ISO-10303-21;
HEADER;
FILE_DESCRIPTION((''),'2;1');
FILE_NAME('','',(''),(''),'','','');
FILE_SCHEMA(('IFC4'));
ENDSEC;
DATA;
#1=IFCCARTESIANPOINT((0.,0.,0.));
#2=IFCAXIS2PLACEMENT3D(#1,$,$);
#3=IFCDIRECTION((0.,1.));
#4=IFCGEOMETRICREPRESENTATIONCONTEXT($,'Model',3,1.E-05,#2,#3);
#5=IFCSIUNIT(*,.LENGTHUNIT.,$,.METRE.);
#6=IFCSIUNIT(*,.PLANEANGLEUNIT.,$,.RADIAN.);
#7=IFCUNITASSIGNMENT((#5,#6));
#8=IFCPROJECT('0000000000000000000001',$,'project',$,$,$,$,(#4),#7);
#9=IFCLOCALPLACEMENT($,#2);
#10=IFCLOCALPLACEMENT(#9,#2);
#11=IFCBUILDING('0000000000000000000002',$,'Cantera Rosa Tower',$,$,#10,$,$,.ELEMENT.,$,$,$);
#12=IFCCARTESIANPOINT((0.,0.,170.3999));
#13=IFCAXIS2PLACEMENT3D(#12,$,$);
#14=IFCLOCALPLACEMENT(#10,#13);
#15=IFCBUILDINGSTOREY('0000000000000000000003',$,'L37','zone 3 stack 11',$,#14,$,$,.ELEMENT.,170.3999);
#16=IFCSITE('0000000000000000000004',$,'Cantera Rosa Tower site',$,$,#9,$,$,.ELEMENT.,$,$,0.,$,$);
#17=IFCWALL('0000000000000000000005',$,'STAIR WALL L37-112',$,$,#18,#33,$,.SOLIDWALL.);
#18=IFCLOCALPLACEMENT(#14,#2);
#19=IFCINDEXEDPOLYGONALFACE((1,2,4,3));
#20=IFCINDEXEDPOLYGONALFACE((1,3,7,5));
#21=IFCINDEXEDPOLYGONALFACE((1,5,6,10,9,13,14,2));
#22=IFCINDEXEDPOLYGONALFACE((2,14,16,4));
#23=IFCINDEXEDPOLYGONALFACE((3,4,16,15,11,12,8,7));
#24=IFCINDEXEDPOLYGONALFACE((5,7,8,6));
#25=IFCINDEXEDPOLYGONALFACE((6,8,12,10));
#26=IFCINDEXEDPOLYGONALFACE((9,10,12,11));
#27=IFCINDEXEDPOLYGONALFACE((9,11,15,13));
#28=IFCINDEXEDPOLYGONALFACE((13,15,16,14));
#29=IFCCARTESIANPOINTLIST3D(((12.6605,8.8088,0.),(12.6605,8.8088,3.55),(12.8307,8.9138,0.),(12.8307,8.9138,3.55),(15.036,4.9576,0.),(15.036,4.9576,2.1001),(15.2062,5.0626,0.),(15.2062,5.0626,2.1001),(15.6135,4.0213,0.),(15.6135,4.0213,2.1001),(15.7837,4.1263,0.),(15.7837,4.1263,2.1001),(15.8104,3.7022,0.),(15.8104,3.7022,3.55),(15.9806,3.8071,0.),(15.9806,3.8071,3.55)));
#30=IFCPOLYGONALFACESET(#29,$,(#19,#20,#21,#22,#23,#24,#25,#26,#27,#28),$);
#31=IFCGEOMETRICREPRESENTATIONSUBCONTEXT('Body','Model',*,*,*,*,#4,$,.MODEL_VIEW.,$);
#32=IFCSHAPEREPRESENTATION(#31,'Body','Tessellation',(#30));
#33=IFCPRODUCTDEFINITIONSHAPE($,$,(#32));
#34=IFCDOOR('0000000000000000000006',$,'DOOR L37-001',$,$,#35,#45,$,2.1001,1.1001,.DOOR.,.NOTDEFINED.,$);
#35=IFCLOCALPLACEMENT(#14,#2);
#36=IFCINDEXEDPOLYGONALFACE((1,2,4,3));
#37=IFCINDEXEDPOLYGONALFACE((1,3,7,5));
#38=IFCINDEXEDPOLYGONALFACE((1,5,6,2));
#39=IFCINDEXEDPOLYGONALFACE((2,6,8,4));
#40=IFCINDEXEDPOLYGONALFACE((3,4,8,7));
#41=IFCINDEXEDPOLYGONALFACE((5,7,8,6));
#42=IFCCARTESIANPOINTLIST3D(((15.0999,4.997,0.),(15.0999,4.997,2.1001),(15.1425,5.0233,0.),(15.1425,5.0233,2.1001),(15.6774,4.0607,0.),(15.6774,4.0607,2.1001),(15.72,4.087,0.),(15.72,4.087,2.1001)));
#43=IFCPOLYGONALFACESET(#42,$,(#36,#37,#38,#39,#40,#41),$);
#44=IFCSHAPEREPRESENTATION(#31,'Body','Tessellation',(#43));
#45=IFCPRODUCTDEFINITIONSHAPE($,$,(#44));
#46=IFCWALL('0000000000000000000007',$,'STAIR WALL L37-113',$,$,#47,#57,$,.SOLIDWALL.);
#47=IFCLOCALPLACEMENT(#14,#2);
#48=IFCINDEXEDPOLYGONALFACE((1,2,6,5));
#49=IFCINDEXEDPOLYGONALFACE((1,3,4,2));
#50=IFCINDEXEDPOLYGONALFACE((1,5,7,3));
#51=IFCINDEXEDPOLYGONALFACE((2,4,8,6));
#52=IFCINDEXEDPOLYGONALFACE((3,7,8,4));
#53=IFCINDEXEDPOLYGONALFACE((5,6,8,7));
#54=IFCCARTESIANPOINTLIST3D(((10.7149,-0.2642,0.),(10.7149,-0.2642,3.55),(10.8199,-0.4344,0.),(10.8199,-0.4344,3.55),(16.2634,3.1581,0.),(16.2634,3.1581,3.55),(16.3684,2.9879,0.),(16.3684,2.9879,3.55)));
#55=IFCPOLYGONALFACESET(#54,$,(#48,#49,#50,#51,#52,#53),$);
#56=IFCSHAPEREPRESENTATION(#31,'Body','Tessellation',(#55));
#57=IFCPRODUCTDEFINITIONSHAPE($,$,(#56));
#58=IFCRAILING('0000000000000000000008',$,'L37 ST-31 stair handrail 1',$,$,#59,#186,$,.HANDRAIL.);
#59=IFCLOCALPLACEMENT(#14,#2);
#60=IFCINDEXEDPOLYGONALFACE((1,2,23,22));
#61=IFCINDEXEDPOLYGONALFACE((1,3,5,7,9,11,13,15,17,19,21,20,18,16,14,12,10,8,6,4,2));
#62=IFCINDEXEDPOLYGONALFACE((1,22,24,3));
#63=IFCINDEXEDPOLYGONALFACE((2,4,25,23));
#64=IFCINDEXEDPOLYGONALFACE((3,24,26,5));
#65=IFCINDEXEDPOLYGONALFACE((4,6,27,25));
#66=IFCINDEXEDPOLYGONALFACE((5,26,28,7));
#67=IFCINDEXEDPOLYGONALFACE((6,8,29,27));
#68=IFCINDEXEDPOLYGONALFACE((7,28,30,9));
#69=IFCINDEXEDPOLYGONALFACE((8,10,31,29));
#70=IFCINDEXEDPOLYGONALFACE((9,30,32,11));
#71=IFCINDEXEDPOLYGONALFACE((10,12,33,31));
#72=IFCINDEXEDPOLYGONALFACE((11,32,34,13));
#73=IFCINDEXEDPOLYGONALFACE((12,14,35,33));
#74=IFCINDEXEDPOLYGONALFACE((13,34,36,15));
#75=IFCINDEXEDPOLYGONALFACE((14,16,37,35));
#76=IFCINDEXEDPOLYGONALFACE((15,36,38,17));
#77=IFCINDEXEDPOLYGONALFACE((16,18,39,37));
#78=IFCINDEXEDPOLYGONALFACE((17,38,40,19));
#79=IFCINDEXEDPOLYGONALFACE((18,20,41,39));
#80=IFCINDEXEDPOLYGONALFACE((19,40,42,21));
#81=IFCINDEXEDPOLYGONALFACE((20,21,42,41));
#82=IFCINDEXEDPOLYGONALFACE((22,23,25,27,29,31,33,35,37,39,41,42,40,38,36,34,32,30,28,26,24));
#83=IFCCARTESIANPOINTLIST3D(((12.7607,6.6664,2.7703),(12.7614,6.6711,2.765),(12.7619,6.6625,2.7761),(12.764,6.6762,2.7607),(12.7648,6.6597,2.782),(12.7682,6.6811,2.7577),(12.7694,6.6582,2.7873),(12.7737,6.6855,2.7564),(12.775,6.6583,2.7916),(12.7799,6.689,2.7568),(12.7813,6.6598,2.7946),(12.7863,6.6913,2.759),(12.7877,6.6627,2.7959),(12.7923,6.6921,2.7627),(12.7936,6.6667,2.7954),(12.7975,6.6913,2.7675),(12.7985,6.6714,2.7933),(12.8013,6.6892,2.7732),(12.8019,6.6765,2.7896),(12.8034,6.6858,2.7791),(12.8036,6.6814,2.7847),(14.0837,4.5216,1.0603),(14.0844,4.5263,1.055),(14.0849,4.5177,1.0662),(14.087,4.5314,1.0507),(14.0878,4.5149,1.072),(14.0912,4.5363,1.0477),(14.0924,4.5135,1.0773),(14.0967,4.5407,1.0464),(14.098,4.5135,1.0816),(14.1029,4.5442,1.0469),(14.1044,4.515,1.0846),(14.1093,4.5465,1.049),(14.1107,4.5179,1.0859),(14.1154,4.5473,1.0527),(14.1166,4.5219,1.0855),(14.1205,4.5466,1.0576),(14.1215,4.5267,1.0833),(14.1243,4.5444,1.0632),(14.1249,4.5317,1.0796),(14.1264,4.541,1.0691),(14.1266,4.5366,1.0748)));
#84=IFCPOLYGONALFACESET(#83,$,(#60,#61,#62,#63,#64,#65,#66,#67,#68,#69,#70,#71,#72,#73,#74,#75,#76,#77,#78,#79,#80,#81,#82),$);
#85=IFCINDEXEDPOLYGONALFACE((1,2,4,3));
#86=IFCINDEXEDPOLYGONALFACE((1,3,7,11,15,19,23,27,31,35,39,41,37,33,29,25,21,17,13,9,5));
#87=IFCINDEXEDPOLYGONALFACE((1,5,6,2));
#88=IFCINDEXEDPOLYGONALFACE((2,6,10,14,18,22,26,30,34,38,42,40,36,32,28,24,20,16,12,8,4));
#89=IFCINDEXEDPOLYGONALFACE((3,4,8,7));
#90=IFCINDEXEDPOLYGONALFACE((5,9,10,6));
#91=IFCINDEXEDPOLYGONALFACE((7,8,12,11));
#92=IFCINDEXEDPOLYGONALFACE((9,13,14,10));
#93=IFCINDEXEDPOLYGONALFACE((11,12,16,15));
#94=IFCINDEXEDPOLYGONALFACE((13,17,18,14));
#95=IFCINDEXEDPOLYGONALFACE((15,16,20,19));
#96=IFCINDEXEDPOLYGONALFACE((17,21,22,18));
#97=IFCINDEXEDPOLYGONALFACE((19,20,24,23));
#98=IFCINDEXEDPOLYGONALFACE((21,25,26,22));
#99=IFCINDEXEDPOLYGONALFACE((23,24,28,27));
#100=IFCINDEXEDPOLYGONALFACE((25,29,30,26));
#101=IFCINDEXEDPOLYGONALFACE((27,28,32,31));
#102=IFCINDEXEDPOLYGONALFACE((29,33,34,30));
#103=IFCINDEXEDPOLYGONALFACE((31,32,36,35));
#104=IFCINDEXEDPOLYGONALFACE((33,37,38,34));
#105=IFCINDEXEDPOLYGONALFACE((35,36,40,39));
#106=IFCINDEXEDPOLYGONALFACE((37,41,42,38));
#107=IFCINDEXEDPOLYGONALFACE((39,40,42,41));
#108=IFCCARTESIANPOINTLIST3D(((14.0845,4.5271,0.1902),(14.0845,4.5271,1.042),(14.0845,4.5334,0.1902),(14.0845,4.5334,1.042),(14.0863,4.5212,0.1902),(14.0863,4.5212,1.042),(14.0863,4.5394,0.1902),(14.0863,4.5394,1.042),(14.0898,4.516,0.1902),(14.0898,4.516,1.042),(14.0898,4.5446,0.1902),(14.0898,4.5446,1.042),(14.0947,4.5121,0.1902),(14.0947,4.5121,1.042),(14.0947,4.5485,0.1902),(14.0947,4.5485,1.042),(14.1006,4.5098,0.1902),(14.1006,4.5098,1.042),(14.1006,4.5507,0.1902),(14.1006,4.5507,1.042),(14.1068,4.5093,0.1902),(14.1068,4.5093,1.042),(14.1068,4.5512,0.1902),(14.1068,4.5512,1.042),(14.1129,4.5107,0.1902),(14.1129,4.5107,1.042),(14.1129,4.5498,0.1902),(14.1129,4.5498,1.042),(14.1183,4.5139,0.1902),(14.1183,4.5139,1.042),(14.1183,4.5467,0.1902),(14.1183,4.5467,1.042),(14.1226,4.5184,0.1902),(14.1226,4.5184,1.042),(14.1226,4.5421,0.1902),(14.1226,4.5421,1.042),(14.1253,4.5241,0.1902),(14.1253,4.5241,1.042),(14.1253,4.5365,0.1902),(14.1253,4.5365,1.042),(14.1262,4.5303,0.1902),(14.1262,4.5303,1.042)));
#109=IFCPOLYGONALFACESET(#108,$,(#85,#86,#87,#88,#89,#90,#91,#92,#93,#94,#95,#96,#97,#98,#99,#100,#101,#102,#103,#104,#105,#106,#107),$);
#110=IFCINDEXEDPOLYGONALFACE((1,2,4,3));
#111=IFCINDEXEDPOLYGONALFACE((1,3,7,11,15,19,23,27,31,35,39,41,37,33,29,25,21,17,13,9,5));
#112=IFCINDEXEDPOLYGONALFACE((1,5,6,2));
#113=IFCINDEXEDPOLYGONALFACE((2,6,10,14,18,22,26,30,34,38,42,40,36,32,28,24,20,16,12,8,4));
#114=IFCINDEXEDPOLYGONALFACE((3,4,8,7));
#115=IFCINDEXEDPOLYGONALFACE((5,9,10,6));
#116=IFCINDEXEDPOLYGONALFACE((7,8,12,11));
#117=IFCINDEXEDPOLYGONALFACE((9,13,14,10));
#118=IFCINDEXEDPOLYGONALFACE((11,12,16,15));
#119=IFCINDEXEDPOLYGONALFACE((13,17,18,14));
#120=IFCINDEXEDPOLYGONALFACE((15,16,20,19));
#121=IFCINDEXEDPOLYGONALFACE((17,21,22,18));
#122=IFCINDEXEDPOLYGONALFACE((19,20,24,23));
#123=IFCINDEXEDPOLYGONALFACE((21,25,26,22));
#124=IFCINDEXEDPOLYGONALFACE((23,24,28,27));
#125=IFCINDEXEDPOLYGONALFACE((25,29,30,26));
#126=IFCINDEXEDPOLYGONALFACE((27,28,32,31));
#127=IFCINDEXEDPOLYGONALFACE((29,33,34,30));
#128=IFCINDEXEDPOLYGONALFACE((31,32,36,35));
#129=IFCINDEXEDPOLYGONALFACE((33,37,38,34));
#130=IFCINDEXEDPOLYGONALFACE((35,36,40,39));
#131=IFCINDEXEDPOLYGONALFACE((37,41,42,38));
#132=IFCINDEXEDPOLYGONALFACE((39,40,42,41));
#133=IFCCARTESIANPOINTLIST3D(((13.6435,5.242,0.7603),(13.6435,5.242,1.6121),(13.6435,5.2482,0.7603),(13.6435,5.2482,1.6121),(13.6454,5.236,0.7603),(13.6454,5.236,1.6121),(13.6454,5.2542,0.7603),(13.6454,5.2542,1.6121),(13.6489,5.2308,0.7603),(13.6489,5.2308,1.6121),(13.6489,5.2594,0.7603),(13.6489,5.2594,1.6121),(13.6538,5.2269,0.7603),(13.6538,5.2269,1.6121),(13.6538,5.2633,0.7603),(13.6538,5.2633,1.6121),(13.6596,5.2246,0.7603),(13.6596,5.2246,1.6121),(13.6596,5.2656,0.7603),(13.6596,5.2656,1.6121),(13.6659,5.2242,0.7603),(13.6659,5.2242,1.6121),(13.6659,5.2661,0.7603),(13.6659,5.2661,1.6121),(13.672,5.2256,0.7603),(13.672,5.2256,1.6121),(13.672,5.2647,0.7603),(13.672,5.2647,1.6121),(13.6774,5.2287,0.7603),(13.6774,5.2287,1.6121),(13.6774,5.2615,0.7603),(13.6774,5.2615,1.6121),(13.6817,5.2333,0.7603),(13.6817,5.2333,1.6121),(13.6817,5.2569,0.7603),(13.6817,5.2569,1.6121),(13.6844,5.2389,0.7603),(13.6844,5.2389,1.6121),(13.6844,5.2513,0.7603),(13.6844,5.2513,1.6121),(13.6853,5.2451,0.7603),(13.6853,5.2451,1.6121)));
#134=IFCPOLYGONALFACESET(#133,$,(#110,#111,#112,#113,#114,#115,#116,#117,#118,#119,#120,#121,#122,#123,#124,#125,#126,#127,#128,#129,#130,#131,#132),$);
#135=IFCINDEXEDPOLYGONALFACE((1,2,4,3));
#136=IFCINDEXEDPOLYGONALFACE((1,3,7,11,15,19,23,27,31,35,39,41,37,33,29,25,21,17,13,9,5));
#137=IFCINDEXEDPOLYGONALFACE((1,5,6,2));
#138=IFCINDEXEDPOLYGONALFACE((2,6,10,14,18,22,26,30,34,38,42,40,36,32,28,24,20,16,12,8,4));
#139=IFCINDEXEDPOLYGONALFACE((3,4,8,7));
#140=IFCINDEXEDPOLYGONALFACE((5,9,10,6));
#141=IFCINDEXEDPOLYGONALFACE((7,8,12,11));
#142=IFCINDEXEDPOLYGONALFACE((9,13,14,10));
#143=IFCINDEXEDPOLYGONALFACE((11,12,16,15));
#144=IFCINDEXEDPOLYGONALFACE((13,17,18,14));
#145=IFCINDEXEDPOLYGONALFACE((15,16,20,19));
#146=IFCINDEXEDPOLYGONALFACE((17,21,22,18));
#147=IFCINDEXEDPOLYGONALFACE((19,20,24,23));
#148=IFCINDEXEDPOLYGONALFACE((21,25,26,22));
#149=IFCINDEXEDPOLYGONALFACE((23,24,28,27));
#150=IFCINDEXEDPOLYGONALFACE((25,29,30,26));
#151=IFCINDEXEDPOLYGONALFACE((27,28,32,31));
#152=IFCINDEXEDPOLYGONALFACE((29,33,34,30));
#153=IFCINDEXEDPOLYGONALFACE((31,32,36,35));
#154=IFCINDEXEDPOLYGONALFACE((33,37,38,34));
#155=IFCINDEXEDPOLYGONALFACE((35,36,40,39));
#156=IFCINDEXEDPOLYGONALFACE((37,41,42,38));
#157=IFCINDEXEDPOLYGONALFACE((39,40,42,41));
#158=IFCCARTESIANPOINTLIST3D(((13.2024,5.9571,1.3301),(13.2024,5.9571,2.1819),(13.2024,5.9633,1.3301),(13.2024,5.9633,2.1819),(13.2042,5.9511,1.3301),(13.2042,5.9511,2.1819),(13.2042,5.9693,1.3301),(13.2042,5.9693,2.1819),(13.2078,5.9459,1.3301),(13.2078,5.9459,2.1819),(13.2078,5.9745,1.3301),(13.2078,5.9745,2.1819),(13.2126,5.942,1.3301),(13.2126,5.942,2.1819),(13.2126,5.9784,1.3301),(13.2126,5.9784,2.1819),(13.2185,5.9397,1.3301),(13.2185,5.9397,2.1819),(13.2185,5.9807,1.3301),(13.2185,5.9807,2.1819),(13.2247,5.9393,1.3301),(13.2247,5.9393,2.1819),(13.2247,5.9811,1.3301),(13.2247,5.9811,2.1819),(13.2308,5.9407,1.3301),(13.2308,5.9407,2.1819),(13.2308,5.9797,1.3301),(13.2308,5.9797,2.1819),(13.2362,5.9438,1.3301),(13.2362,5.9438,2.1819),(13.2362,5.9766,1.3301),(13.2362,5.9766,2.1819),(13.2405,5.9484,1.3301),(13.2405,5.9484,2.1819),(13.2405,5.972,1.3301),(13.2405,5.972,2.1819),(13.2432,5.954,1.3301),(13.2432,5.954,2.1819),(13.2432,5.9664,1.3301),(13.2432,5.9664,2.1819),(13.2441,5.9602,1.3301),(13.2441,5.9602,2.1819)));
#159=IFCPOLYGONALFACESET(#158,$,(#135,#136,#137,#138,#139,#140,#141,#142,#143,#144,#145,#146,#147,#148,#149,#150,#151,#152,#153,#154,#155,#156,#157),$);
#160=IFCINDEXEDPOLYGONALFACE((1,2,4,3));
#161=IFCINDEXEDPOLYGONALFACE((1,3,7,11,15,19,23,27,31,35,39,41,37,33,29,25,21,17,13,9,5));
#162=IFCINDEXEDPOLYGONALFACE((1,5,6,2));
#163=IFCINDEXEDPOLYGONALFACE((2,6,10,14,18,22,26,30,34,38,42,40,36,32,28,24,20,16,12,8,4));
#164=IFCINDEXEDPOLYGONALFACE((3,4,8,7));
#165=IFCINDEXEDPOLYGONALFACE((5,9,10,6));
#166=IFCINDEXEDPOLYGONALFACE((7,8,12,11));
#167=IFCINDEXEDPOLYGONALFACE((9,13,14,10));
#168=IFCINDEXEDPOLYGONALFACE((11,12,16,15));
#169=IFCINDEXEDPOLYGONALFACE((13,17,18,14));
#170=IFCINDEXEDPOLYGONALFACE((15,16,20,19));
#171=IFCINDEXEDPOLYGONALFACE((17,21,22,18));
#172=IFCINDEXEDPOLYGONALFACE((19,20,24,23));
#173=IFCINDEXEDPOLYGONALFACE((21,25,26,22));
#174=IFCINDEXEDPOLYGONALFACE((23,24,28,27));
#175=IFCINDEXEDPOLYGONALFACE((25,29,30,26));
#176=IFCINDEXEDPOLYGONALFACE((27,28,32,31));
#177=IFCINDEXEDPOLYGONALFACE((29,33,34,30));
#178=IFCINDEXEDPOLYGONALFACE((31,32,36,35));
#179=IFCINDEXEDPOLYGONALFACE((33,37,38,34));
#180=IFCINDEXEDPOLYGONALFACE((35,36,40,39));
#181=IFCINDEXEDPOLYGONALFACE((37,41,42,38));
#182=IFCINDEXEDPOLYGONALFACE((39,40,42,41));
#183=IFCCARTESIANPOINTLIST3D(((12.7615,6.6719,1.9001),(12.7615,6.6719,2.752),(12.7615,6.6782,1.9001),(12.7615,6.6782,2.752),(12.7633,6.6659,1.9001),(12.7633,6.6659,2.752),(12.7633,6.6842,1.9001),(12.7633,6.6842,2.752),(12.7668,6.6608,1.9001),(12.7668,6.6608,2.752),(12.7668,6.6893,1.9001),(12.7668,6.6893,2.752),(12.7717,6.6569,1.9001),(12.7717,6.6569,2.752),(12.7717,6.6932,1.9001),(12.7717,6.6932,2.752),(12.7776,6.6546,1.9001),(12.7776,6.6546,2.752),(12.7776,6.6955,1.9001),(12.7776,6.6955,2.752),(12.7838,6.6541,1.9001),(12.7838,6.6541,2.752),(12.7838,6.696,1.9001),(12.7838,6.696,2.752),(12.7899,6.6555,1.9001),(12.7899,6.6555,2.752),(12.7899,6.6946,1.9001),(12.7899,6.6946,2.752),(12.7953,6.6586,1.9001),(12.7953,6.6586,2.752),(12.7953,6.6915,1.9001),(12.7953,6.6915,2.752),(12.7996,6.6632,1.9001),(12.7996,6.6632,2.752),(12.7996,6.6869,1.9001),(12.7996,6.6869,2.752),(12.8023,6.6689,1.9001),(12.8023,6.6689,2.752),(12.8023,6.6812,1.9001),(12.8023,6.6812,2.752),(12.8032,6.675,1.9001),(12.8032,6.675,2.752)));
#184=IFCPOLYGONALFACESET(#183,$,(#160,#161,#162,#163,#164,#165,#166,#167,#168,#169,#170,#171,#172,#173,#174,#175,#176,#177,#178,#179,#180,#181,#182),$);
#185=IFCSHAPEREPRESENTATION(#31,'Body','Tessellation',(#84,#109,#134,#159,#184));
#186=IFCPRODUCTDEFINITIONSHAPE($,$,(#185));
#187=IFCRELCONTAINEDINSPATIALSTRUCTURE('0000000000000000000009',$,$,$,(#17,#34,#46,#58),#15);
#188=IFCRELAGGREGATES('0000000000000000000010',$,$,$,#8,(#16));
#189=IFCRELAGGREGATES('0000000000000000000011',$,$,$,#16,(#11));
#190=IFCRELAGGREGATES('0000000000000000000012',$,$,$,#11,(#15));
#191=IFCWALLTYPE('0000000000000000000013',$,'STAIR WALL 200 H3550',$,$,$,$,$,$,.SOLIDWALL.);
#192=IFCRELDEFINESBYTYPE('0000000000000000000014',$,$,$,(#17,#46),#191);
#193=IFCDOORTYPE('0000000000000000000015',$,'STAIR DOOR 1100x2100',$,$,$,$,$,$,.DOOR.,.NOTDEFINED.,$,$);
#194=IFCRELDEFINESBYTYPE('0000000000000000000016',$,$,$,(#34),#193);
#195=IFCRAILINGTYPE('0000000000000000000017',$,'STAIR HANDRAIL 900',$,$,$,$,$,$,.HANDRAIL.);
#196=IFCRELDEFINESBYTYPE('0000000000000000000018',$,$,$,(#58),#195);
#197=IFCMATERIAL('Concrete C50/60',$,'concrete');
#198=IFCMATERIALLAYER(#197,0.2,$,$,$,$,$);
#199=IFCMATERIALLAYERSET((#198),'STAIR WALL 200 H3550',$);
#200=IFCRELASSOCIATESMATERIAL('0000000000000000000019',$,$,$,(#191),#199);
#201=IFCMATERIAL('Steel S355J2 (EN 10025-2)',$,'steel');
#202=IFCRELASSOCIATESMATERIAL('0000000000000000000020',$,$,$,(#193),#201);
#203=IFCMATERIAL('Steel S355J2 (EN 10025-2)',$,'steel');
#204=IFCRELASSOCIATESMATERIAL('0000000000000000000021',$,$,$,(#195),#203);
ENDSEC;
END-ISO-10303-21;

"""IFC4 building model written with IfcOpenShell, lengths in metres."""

from ifc_helpers import new_model, si_unit, direction, frame, frame_2d, origin, origin_2d, place, context, subcontext, project, spatial, rectangle, circle, extrude, material, layer, layer_set, type_object, element, fill, save


model = new_model("IFC4")

# Units and contexts
model_context = context("Model", 3, precision=1e-05, world=origin(), true_north=direction((0.0, 1.0)))
body_context = subcontext(model_context, "Body", "Model", "MODEL_VIEW")
ifc_project = project(units=[si_unit("LENGTHUNIT", "METRE"), si_unit("PLANEANGLEUNIT", "RADIAN")], contexts=[model_context])

# Site, building, storey
site_placement = place(None, origin())
site = spatial("IfcSite", under=ifc_project, at=site_placement, Name="Cantera Rosa Tower site", CompositionType="ELEMENT", RefElevation=0.0)
building_placement = place(site_placement, origin())
building = spatial("IfcBuilding", under=site, at=building_placement, Name="Cantera Rosa Tower", CompositionType="ELEMENT")
storey_placement = place(building_placement, frame((0.0, 0.0, 170.3999)))
storey = spatial("IfcBuildingStorey", under=building, at=storey_placement, Name="L37", Description="zone 3 stack 11", CompositionType="ELEMENT", Elevation=170.3999)

# Wall, opening, door
ifc_material_1 = material(Name="Concrete C50/60", Category="concrete")
ifc_layer_1 = layer(ifc_material_1, 0.2)
ifc_layer_set_1 = layer_set([ifc_layer_1], Name="STAIR WALL 200 H3550")
wall_type_1 = type_object("IfcWallType", Name="STAIR WALL 200 H3550", PredefinedType="SOLIDWALL", material=ifc_layer_set_1)
wall_1_placement = place(storey_placement, frame((15.8955, 3.7546, 0.0), z_axis=(0.0, 0.0, 1.0), x_axis=(-0.524983, 0.851113, 0.0)))
wall_1 = element("IfcWall", 1, at=wall_1_placement, inside=storey, type_object=wall_type_1, Name="STAIR WALL L37-112", PredefinedType="SOLIDWALL", context=body_context, shape_type="SweptSolid", body=[
    extrude(rectangle(XDim=6.0, YDim=0.2, at=frame_2d((3.0, 0.0))), origin(), (0.0, 0.0, 1.0), 3.55),
])
opening_1_placement = place(wall_1_placement, frame((0.375, 0.0, 0.0)))
opening_1 = element("IfcOpeningElement", 2, at=opening_1_placement, cuts=wall_1, PredefinedType="OPENING", context=body_context, shape_type="SweptSolid", body=[
    extrude(rectangle(XDim=1.1001, YDim=2.1001, at=frame_2d((0.55, 1.05))), frame((0.0, 0.1099, 0.0), z_axis=(0.0, -1.0, 0.0), x_axis=(1.0, 0.0, 0.0)), (0.0, 0.0, 1.0), 0.22),
])
ifc_material_2 = material(Name="Steel S355J2 (EN 10025-2)", Category="steel")
door_type_1 = type_object("IfcDoorType", Name="STAIR DOOR 1100x2100", OperationType="NOTDEFINED", PredefinedType="DOOR", material=ifc_material_2)
door_1_placement = place(opening_1_placement, origin())
door_1 = element("IfcDoor", 3, at=door_1_placement, inside=storey, type_object=door_type_1, Name="DOOR L37-001", OperationType="NOTDEFINED", OverallHeight=2.1001, OverallWidth=1.1001, PredefinedType="DOOR", context=body_context, shape_type="SweptSolid", body=[
    extrude(rectangle(XDim=1.1001, YDim=2.1001, at=frame_2d((0.55, 1.05))), frame((0.0, 0.0249, 0.0), z_axis=(0.0, -1.0, 0.0), x_axis=(1.0, 0.0, 0.0)), (0.0, 0.0, 1.0), 0.05),
])
fill(opening_1, door_1)

# Wall
wall_2_placement = place(storey_placement, frame((16.3159, 3.073, 0.0), z_axis=(0.0, 0.0, 1.0), x_axis=(-0.85112, -0.524971, 0.0)))
element("IfcWall", 4, at=wall_2_placement, inside=storey, type_object=wall_type_1, Name="STAIR WALL L37-113", PredefinedType="SOLIDWALL", context=body_context, shape_type="SweptSolid", body=[
    extrude(rectangle(XDim=6.519, YDim=0.2, at=frame_2d((3.2595, 0.0))), origin(), (0.0, 0.0, 1.0), 3.55),
])

# Railing
ifc_material_3 = material(Name="Steel S355J2 (EN 10025-2)", Category="steel")
railing_type_1 = type_object("IfcRailingType", Name="STAIR HANDRAIL 900", PredefinedType="HANDRAIL", material=ifc_material_3)
railing_1_placement = place(storey_placement, frame((14.1052, 4.5303, 0.1902)))
element("IfcRailing", 5, at=railing_1_placement, inside=storey, type_object=railing_type_1, Name="L37 ST-31 stair handrail 1", PredefinedType="HANDRAIL", context=body_context, shape_type="SweptSolid", body=[
    extrude(circle(Radius=0.0239, at=origin_2d()), frame((0.0, 0.0, 0.876), z_axis=(-0.434428, 0.704271, 0.561493), x_axis=(-0.851102, -0.525, 0.0)), (0.0, 0.0, 1.0), 3.0454),
    extrude(circle(Radius=0.021, at=origin_2d()), origin(), (0.0, 0.0, 1.0), 0.8518),
    extrude(circle(Radius=0.021, at=origin_2d()), frame((-0.4409, 0.7148, 0.5701)), (0.0, 0.0, 1.0), 0.8518),
    extrude(circle(Radius=0.021, at=origin_2d()), frame((-0.8821, 1.4299, 1.1399)), (0.0, 0.0, 1.0), 0.8518),
    extrude(circle(Radius=0.021, at=origin_2d()), frame((-1.323, 2.1448, 1.71)), (0.0, 0.0, 1.0), 0.8518),
])

save(model, "model.ifc")
